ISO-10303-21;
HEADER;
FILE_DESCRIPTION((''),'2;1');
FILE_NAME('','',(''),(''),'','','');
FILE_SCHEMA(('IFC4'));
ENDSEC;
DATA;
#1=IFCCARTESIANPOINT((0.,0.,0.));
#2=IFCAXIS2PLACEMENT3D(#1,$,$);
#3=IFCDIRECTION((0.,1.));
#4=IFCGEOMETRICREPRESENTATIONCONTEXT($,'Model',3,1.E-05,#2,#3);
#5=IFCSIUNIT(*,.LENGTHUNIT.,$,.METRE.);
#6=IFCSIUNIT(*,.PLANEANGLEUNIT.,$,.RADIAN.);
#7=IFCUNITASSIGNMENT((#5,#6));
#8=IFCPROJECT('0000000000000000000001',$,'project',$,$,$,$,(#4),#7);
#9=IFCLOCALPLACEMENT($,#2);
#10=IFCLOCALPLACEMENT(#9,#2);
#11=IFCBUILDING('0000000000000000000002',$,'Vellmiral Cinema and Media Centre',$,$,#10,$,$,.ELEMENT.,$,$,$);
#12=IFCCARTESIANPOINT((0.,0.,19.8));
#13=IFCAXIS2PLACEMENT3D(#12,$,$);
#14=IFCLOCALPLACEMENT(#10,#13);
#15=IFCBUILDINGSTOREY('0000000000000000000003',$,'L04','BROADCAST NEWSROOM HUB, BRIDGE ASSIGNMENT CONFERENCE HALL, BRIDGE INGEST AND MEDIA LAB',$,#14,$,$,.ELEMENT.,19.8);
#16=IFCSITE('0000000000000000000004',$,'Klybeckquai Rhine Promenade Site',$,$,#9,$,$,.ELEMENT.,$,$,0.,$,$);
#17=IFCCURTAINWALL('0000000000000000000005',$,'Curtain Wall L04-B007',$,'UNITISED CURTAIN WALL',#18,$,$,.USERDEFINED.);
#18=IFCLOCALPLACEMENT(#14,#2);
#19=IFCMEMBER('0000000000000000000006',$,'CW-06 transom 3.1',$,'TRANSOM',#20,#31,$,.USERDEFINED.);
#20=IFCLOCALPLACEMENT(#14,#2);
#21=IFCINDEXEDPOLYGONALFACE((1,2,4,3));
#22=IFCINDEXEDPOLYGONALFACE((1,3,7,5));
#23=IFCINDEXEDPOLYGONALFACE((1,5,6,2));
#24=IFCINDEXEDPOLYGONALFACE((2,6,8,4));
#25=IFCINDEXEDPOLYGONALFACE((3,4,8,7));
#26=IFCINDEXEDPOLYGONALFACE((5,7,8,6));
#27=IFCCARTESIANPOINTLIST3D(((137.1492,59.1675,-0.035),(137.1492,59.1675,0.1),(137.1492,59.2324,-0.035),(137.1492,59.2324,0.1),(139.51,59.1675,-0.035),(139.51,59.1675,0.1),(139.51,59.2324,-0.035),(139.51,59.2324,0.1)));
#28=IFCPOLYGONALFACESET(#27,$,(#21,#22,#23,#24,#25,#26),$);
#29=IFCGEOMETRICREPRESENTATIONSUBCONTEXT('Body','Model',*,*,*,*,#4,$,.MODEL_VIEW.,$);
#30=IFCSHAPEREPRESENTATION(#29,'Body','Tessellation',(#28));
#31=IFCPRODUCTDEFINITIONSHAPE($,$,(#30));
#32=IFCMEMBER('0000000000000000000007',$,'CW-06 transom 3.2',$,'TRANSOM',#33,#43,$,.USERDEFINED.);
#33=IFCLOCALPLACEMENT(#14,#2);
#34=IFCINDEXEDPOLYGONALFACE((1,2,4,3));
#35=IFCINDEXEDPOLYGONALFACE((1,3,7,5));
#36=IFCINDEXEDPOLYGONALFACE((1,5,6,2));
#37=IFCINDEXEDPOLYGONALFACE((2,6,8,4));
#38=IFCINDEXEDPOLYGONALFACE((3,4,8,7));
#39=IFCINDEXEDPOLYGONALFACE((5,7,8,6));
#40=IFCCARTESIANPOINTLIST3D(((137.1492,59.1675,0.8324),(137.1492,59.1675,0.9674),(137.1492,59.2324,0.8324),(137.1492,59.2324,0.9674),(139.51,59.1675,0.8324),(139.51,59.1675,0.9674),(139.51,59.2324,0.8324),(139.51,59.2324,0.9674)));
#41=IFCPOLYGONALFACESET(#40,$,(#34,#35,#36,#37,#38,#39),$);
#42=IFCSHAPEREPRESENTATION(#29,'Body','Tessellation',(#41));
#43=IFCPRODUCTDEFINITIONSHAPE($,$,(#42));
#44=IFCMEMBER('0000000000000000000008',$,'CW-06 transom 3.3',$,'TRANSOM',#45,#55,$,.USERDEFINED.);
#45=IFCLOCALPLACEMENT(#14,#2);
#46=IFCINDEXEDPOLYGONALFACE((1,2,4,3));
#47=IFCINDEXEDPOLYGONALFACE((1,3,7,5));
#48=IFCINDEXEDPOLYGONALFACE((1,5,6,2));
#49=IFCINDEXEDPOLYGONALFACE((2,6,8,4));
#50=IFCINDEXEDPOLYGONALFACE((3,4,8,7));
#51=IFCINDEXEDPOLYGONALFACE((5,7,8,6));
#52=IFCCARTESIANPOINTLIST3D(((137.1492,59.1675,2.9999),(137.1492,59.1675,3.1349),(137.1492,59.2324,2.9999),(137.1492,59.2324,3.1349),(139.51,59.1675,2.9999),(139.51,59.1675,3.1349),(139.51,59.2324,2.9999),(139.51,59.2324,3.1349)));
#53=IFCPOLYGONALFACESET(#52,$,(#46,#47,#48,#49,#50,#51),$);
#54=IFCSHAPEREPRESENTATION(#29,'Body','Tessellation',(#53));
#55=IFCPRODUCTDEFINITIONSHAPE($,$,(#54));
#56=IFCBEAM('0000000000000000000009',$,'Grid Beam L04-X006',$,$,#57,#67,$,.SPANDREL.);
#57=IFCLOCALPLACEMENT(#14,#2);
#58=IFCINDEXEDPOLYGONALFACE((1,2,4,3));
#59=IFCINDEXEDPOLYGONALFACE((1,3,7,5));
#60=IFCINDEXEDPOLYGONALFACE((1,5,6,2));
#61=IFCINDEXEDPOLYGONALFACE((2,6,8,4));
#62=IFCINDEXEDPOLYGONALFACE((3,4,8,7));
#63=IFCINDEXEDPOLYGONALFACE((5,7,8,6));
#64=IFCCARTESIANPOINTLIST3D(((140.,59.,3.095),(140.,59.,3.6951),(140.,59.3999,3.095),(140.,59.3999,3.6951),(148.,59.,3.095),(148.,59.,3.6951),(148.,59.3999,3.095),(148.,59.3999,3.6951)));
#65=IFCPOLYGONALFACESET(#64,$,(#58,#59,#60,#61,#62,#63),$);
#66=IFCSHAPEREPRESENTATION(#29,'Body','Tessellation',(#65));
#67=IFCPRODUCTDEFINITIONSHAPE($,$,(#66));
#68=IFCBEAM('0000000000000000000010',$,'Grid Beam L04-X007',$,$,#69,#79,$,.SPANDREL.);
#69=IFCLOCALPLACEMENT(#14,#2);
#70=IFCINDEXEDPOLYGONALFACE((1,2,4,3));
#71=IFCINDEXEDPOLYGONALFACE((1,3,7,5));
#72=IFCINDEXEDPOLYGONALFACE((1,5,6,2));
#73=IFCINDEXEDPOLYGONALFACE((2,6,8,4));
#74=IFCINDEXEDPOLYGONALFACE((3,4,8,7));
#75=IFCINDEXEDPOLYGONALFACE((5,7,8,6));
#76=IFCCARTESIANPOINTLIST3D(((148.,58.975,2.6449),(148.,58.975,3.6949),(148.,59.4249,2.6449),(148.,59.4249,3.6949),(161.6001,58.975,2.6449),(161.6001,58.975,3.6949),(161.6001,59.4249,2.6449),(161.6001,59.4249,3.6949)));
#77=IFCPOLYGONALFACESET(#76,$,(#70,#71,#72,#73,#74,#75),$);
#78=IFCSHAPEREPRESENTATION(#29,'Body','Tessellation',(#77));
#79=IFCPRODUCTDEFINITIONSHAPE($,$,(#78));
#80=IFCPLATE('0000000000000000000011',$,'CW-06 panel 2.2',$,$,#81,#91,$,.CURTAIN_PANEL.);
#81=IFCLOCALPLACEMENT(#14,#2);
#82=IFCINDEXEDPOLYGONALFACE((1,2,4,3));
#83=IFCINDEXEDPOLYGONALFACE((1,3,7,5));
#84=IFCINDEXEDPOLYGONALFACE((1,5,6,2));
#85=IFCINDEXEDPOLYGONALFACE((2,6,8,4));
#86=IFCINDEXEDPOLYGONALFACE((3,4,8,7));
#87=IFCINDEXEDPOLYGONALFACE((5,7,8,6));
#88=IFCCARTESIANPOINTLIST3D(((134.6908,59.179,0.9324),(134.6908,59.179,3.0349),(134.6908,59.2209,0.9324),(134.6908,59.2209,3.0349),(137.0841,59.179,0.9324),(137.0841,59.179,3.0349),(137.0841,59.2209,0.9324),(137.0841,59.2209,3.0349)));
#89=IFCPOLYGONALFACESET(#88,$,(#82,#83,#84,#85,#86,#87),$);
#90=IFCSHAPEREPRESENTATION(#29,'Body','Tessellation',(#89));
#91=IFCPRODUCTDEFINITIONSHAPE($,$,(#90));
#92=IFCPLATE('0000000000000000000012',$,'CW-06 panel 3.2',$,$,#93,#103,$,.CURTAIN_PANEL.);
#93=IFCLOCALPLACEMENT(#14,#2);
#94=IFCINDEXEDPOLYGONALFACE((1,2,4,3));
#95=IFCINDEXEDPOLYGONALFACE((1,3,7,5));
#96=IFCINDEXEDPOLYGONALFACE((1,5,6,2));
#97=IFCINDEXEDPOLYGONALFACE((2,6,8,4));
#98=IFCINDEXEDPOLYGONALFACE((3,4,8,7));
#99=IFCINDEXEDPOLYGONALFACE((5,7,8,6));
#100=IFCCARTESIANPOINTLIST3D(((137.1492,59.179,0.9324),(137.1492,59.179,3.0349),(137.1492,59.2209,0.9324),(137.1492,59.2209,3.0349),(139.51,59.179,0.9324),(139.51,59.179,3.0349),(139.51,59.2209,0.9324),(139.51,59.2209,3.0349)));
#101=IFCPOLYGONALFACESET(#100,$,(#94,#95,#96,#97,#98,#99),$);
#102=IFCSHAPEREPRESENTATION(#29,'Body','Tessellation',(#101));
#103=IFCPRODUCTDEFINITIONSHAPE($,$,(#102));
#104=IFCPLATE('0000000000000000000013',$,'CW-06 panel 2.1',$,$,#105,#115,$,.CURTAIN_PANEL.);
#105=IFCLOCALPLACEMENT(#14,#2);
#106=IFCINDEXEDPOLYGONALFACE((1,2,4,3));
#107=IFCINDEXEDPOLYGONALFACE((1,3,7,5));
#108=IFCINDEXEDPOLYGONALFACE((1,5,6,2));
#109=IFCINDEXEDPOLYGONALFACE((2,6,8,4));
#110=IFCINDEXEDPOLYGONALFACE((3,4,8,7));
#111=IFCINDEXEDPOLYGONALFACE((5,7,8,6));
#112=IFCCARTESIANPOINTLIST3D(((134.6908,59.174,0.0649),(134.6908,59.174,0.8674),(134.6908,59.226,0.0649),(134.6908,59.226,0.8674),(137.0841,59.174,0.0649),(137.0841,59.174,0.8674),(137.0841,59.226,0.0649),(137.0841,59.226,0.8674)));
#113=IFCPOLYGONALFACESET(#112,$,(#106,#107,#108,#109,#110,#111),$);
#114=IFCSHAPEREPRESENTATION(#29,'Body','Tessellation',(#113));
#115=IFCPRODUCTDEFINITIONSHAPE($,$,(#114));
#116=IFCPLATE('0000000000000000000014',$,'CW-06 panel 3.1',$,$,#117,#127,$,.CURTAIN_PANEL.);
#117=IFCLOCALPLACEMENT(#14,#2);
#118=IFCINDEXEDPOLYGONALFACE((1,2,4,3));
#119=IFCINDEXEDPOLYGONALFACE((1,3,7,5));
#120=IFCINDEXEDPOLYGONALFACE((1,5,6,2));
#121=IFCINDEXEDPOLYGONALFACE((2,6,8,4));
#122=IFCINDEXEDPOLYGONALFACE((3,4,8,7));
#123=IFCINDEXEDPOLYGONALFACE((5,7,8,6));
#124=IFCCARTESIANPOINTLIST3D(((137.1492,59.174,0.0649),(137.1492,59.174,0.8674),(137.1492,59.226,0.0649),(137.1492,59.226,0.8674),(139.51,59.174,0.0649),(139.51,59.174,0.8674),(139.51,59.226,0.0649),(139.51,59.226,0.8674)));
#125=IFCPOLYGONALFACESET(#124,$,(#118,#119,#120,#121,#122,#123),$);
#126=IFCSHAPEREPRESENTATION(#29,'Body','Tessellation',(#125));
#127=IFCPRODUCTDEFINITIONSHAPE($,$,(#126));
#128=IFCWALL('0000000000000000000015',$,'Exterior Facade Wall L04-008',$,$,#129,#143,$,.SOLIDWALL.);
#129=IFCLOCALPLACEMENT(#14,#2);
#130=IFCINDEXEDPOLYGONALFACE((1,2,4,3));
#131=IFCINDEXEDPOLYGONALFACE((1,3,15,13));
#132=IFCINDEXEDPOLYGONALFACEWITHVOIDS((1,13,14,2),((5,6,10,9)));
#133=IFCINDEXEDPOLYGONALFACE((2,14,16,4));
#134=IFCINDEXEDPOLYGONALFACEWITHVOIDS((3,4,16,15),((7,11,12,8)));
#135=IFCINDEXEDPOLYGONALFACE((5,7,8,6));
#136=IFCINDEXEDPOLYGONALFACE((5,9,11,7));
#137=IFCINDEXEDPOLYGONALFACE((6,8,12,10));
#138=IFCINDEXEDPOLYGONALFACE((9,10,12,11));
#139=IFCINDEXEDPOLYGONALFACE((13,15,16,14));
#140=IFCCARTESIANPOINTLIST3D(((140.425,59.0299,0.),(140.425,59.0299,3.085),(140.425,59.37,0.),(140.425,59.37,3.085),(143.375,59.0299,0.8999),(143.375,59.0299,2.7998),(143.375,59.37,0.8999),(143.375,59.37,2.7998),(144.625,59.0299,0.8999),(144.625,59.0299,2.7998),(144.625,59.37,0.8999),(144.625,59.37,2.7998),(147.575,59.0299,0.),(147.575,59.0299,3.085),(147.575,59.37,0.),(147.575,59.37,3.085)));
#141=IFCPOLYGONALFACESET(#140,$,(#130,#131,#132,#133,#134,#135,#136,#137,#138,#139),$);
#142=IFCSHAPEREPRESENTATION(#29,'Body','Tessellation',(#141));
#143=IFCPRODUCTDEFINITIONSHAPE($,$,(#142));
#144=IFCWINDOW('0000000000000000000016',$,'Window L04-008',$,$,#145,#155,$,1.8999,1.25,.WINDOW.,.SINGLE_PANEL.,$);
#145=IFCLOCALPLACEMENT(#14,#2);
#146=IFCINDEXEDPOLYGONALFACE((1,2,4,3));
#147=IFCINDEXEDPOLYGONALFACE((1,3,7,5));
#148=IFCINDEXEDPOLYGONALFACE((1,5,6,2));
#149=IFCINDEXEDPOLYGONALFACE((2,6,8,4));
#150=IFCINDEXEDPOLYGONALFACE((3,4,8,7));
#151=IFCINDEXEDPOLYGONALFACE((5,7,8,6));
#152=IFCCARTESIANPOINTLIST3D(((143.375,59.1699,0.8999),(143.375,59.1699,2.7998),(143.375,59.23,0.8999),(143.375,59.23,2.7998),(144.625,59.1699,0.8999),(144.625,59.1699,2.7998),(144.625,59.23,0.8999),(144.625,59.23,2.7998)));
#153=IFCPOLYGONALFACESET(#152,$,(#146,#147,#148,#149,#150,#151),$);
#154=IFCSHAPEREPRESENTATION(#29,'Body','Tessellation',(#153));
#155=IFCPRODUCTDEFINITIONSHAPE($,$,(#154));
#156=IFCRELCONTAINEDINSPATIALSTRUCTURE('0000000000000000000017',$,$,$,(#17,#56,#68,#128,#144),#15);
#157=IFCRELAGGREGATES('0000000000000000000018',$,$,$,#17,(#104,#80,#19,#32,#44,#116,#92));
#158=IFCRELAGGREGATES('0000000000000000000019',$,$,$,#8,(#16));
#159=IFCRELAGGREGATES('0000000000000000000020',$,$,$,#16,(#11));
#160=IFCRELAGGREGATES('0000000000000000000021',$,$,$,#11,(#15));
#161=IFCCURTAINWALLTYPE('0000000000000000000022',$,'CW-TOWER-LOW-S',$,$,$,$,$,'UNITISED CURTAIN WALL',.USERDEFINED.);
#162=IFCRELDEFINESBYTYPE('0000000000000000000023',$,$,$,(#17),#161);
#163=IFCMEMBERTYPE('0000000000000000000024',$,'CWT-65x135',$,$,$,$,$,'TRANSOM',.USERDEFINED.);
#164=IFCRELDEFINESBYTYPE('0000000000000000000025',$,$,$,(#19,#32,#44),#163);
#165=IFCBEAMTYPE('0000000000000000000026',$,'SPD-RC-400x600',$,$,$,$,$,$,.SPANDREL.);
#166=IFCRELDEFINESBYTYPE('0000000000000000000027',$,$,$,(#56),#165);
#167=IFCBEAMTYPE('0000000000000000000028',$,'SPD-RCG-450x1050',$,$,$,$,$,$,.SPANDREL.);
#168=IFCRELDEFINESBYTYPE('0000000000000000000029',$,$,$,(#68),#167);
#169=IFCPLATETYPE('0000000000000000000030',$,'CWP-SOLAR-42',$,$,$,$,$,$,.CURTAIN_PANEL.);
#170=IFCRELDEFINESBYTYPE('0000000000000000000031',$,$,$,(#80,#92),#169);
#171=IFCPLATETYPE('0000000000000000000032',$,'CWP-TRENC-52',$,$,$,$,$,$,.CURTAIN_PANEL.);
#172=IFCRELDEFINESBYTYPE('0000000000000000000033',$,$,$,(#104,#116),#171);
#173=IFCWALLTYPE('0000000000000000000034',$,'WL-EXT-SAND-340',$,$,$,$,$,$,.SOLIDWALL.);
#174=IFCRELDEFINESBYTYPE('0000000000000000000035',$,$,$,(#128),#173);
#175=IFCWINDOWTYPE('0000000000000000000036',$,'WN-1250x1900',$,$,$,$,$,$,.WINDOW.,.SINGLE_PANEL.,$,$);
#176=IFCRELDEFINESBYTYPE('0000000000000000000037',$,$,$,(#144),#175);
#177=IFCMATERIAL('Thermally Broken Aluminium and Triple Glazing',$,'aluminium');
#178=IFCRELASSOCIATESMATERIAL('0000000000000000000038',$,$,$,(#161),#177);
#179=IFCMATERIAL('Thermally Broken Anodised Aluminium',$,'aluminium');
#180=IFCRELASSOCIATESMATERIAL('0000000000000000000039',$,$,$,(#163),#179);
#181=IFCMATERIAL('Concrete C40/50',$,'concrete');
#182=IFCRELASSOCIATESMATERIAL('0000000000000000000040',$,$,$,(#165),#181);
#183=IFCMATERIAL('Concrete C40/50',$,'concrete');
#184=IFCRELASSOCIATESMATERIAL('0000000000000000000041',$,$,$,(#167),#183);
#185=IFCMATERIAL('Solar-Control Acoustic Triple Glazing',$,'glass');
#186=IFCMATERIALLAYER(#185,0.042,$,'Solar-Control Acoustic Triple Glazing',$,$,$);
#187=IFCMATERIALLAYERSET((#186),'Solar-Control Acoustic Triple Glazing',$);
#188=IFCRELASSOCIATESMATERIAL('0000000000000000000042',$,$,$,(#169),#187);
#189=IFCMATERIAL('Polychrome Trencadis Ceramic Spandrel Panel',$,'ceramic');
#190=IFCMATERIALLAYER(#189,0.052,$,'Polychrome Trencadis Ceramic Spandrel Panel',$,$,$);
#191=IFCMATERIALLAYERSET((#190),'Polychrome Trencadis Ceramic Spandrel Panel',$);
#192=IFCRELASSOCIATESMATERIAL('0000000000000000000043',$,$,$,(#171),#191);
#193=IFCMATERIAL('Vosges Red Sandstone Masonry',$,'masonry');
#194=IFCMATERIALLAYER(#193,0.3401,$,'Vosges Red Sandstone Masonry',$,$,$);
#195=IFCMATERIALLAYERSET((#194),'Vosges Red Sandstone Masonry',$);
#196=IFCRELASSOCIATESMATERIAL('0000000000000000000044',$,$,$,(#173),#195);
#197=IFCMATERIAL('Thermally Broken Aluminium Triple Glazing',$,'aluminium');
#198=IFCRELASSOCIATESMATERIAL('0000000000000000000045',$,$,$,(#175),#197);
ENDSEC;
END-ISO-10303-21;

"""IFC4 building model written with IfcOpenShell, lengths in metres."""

from ifc_helpers import new_model, si_unit, direction, frame, frame_2d, origin, origin_2d, place, context, subcontext, project, spatial, rectangle, extrude, material, layer, layer_set, material_profile, profile_set, type_object, element, fill, aggregate, save


model = new_model("IFC4")

# Units and contexts
model_context = context("Model", 3, precision=1e-05, world=origin(), true_north=direction((0.0, 1.0)))
body_context = subcontext(model_context, "Body", "Model", "MODEL_VIEW")
ifc_project = project(units=[si_unit("LENGTHUNIT", "METRE"), si_unit("PLANEANGLEUNIT", "RADIAN")], contexts=[model_context])

# Site, building, storey
site_placement = place(None, origin())
site = spatial("IfcSite", under=ifc_project, at=site_placement, Name="Klybeckquai Rhine Promenade Site", CompositionType="ELEMENT", RefElevation=0.0)
building_placement = place(site_placement, origin())
building = spatial("IfcBuilding", under=site, at=building_placement, Name="Vellmiral Cinema and Media Centre", CompositionType="ELEMENT")
storey_placement = place(building_placement, frame((0.0, 0.0, 19.8)))
storey = spatial("IfcBuildingStorey", under=building, at=storey_placement, Name="L04", Description="BROADCAST NEWSROOM HUB, BRIDGE ASSIGNMENT CONFERENCE HALL, BRIDGE INGEST AND MEDIA LAB", CompositionType="ELEMENT", Elevation=19.8)

# Curtain wall, members
ifc_material_1 = material(Name="Thermally Broken Aluminium and Triple Glazing", Category="aluminium")
curtain_wall_type = type_object("IfcCurtainWallType", Name="CW-TOWER-LOW-S", ElementType="UNITISED CURTAIN WALL", PredefinedType="USERDEFINED", material=ifc_material_1)
curtain_wall_placement = place(storey_placement, origin())
curtain_wall = element("IfcCurtainWall", 1, at=curtain_wall_placement, inside=storey, type_object=curtain_wall_type, Name="Curtain Wall L04-B007", ObjectType="UNITISED CURTAIN WALL", PredefinedType="USERDEFINED")
ifc_material_2 = material(Name="Thermally Broken Anodised Aluminium", Category="aluminium")
ifc_material_profile_1 = material_profile(ifc_material_2, rectangle(XDim=0.0649, YDim=0.135, at=origin_2d()), Name="MULL 65x135")
ifc_profile_set_1 = profile_set([ifc_material_profile_1], Name="Thermally Broken Anodised Aluminium")
member_type_1 = type_object("IfcMemberType", Name="CWT-65x135", ElementType="TRANSOM", PredefinedType="USERDEFINED", material=ifc_profile_set_1)
member_1_placement = place(storey_placement, frame((137.1492, 59.2, 0.0325), z_axis=(1.0, 0.0, 0.0), x_axis=(0.0, 1.0, 0.0)))
member_1 = element("IfcMember", 2, at=member_1_placement, type_object=member_type_1, Name="CW-06 transom 3.1", ObjectType="TRANSOM", PredefinedType="USERDEFINED", context=body_context, shape_type="SweptSolid", body=[
    extrude(rectangle(XDim=0.0649, YDim=0.135, at=origin_2d()), origin(), (0.0, 0.0, 1.0), 2.3608),
])
member_2_placement = place(storey_placement, frame((137.1492, 59.2, 0.8999), z_axis=(1.0, 0.0, 0.0), x_axis=(0.0, 1.0, 0.0)))
member_2 = element("IfcMember", 3, at=member_2_placement, type_object=member_type_1, Name="CW-06 transom 3.2", ObjectType="TRANSOM", PredefinedType="USERDEFINED", context=body_context, shape_type="SweptSolid", body=[
    extrude(rectangle(XDim=0.0649, YDim=0.135, at=origin_2d()), origin(), (0.0, 0.0, 1.0), 2.3608),
])
member_3_placement = place(storey_placement, frame((137.1492, 59.2, 3.0674), z_axis=(1.0, 0.0, 0.0), x_axis=(0.0, 1.0, 0.0)))
member_3 = element("IfcMember", 4, at=member_3_placement, type_object=member_type_1, Name="CW-06 transom 3.3", ObjectType="TRANSOM", PredefinedType="USERDEFINED", context=body_context, shape_type="SweptSolid", body=[
    extrude(rectangle(XDim=0.0649, YDim=0.135, at=origin_2d()), origin(), (0.0, 0.0, 1.0), 2.3608),
])

# Beams
ifc_material_3 = material(Name="Concrete C40/50", Category="concrete")
ifc_material_profile_2 = material_profile(ifc_material_3, rectangle(XDim=0.3999, YDim=0.6001, at=origin_2d()), Name="RC 400x600")
ifc_profile_set_2 = profile_set([ifc_material_profile_2], Name="Concrete C40/50")
beam_type_1 = type_object("IfcBeamType", Name="SPD-RC-400x600", PredefinedType="SPANDREL", material=ifc_profile_set_2)
beam_1_placement = place(storey_placement, frame((140.0, 59.2, 3.395), z_axis=(1.0, 0.0, 0.0), x_axis=(0.0, 1.0, 0.0)))
element("IfcBeam", 5, at=beam_1_placement, inside=storey, type_object=beam_type_1, Name="Grid Beam L04-X006", PredefinedType="SPANDREL", context=body_context, shape_type="SweptSolid", body=[
    extrude(rectangle(XDim=0.3999, YDim=0.6001, at=origin_2d()), origin(), (0.0, 0.0, 1.0), 8.0),
])
ifc_material_4 = material(Name="Concrete C40/50", Category="concrete")
ifc_material_profile_3 = material_profile(ifc_material_4, rectangle(XDim=0.45, YDim=1.05, at=origin_2d()), Name="RC 450x1050")
ifc_profile_set_3 = profile_set([ifc_material_profile_3], Name="Concrete C40/50")
beam_type_2 = type_object("IfcBeamType", Name="SPD-RCG-450x1050", PredefinedType="SPANDREL", material=ifc_profile_set_3)
beam_2_placement = place(storey_placement, frame((148.0, 59.2, 3.1699), z_axis=(1.0, 0.0, 0.0), x_axis=(0.0, 1.0, 0.0)))
element("IfcBeam", 6, at=beam_2_placement, inside=storey, type_object=beam_type_2, Name="Grid Beam L04-X007", PredefinedType="SPANDREL", context=body_context, shape_type="SweptSolid", body=[
    extrude(rectangle(XDim=0.45, YDim=1.05, at=origin_2d()), origin(), (0.0, 0.0, 1.0), 13.6001),
])

# Plates
ifc_material_5 = material(Name="Solar-Control Acoustic Triple Glazing", Category="glass")
ifc_layer_1 = layer(ifc_material_5, 0.042, Name="Solar-Control Acoustic Triple Glazing")
ifc_layer_set_1 = layer_set([ifc_layer_1], Name="Solar-Control Acoustic Triple Glazing")
plate_type_1 = type_object("IfcPlateType", Name="CWP-SOLAR-42", PredefinedType="CURTAIN_PANEL", material=ifc_layer_set_1)
plate_1_placement = place(storey_placement, frame((135.8875, 59.2, 0.9324), z_axis=(0.0, 0.0, 1.0), x_axis=(1.0, 0.0, 0.0)))
plate_1 = element("IfcPlate", 7, at=plate_1_placement, type_object=plate_type_1, Name="CW-06 panel 2.2", PredefinedType="CURTAIN_PANEL", context=body_context, shape_type="SweptSolid", body=[
    extrude(rectangle(XDim=2.3933, YDim=0.042, at=origin_2d()), origin(), (0.0, 0.0, 1.0), 2.1025),
])
plate_2_placement = place(storey_placement, frame((138.3296, 59.2, 0.9324), z_axis=(0.0, 0.0, 1.0), x_axis=(1.0, 0.0, 0.0)))
plate_2 = element("IfcPlate", 8, at=plate_2_placement, type_object=plate_type_1, Name="CW-06 panel 3.2", PredefinedType="CURTAIN_PANEL", context=body_context, shape_type="SweptSolid", body=[
    extrude(rectangle(XDim=2.3608, YDim=0.042, at=origin_2d()), origin(), (0.0, 0.0, 1.0), 2.1025),
])
ifc_material_6 = material(Name="Polychrome Trencadis Ceramic Spandrel Panel", Category="ceramic")
ifc_layer_2 = layer(ifc_material_6, 0.052, Name="Polychrome Trencadis Ceramic Spandrel Panel")
ifc_layer_set_2 = layer_set([ifc_layer_2], Name="Polychrome Trencadis Ceramic Spandrel Panel")
plate_type_2 = type_object("IfcPlateType", Name="CWP-TRENC-52", PredefinedType="CURTAIN_PANEL", material=ifc_layer_set_2)
plate_3_placement = place(storey_placement, frame((135.8875, 59.2, 0.0649), z_axis=(0.0, 0.0, 1.0), x_axis=(1.0, 0.0, 0.0)))
plate_3 = element("IfcPlate", 9, at=plate_3_placement, type_object=plate_type_2, Name="CW-06 panel 2.1", PredefinedType="CURTAIN_PANEL", context=body_context, shape_type="SweptSolid", body=[
    extrude(rectangle(XDim=2.3933, YDim=0.052, at=origin_2d()), origin(), (0.0, 0.0, 1.0), 0.8025),
])
plate_4_placement = place(storey_placement, frame((138.3296, 59.2, 0.0649), z_axis=(0.0, 0.0, 1.0), x_axis=(1.0, 0.0, 0.0)))
plate_4 = element("IfcPlate", 10, at=plate_4_placement, type_object=plate_type_2, Name="CW-06 panel 3.1", PredefinedType="CURTAIN_PANEL", context=body_context, shape_type="SweptSolid", body=[
    extrude(rectangle(XDim=2.3608, YDim=0.052, at=origin_2d()), origin(), (0.0, 0.0, 1.0), 0.8025),
])
aggregate(curtain_wall, [plate_3, plate_1, member_1, member_2, member_3, plate_4, plate_2])

# Wall, opening, window
ifc_material_7 = material(Name="Vosges Red Sandstone Masonry", Category="masonry")
ifc_layer_3 = layer(ifc_material_7, 0.3401, Name="Vosges Red Sandstone Masonry")
ifc_layer_set_3 = layer_set([ifc_layer_3], Name="Vosges Red Sandstone Masonry")
wall_type = type_object("IfcWallType", Name="WL-EXT-SAND-340", PredefinedType="SOLIDWALL", material=ifc_layer_set_3)
wall_placement = place(storey_placement, frame((140.425, 59.2, 0.0), z_axis=(0.0, 0.0, 1.0), x_axis=(1.0, 0.0, 0.0)))
wall = element("IfcWall", 11, at=wall_placement, inside=storey, type_object=wall_type, Name="Exterior Facade Wall L04-008", PredefinedType="SOLIDWALL", context=body_context, shape_type="SweptSolid", body=[
    extrude(rectangle(XDim=7.1499, YDim=0.3401, at=frame_2d((3.575, 0.0))), origin(), (0.0, 0.0, 1.0), 3.085),
])
opening_placement = place(wall_placement, frame((2.95, 0.0, 0.8999)))
opening = element("IfcOpeningElement", 12, at=opening_placement, cuts=wall, PredefinedType="OPENING", context=body_context, shape_type="SweptSolid", body=[
    extrude(rectangle(XDim=1.25, YDim=1.8999, at=frame_2d((0.625, 0.95))), frame((0.0, 0.1821, 0.0), z_axis=(0.0, -1.0, 0.0), x_axis=(1.0, 0.0, 0.0)), (0.0, 0.0, 1.0), 0.364),
])
ifc_material_8 = material(Name="Thermally Broken Aluminium Triple Glazing", Category="aluminium")
window_type = type_object("IfcWindowType", Name="WN-1250x1900", PartitioningType="SINGLE_PANEL", PredefinedType="WINDOW", material=ifc_material_8)
window_placement = place(opening_placement, origin())
window = element("IfcWindow", 13, at=window_placement, inside=storey, type_object=window_type, Name="Window L04-008", OverallHeight=1.8999, OverallWidth=1.25, PartitioningType="SINGLE_PANEL", PredefinedType="WINDOW", context=body_context, shape_type="SweptSolid", body=[
    extrude(rectangle(XDim=1.25, YDim=1.8999, at=frame_2d((0.625, 0.95))), frame((0.0, 0.03, 0.0), z_axis=(0.0, -1.0, 0.0), x_axis=(1.0, 0.0, 0.0)), (0.0, 0.0, 1.0), 0.0601),
])
fill(opening, window)

save(model, "model.ifc")
